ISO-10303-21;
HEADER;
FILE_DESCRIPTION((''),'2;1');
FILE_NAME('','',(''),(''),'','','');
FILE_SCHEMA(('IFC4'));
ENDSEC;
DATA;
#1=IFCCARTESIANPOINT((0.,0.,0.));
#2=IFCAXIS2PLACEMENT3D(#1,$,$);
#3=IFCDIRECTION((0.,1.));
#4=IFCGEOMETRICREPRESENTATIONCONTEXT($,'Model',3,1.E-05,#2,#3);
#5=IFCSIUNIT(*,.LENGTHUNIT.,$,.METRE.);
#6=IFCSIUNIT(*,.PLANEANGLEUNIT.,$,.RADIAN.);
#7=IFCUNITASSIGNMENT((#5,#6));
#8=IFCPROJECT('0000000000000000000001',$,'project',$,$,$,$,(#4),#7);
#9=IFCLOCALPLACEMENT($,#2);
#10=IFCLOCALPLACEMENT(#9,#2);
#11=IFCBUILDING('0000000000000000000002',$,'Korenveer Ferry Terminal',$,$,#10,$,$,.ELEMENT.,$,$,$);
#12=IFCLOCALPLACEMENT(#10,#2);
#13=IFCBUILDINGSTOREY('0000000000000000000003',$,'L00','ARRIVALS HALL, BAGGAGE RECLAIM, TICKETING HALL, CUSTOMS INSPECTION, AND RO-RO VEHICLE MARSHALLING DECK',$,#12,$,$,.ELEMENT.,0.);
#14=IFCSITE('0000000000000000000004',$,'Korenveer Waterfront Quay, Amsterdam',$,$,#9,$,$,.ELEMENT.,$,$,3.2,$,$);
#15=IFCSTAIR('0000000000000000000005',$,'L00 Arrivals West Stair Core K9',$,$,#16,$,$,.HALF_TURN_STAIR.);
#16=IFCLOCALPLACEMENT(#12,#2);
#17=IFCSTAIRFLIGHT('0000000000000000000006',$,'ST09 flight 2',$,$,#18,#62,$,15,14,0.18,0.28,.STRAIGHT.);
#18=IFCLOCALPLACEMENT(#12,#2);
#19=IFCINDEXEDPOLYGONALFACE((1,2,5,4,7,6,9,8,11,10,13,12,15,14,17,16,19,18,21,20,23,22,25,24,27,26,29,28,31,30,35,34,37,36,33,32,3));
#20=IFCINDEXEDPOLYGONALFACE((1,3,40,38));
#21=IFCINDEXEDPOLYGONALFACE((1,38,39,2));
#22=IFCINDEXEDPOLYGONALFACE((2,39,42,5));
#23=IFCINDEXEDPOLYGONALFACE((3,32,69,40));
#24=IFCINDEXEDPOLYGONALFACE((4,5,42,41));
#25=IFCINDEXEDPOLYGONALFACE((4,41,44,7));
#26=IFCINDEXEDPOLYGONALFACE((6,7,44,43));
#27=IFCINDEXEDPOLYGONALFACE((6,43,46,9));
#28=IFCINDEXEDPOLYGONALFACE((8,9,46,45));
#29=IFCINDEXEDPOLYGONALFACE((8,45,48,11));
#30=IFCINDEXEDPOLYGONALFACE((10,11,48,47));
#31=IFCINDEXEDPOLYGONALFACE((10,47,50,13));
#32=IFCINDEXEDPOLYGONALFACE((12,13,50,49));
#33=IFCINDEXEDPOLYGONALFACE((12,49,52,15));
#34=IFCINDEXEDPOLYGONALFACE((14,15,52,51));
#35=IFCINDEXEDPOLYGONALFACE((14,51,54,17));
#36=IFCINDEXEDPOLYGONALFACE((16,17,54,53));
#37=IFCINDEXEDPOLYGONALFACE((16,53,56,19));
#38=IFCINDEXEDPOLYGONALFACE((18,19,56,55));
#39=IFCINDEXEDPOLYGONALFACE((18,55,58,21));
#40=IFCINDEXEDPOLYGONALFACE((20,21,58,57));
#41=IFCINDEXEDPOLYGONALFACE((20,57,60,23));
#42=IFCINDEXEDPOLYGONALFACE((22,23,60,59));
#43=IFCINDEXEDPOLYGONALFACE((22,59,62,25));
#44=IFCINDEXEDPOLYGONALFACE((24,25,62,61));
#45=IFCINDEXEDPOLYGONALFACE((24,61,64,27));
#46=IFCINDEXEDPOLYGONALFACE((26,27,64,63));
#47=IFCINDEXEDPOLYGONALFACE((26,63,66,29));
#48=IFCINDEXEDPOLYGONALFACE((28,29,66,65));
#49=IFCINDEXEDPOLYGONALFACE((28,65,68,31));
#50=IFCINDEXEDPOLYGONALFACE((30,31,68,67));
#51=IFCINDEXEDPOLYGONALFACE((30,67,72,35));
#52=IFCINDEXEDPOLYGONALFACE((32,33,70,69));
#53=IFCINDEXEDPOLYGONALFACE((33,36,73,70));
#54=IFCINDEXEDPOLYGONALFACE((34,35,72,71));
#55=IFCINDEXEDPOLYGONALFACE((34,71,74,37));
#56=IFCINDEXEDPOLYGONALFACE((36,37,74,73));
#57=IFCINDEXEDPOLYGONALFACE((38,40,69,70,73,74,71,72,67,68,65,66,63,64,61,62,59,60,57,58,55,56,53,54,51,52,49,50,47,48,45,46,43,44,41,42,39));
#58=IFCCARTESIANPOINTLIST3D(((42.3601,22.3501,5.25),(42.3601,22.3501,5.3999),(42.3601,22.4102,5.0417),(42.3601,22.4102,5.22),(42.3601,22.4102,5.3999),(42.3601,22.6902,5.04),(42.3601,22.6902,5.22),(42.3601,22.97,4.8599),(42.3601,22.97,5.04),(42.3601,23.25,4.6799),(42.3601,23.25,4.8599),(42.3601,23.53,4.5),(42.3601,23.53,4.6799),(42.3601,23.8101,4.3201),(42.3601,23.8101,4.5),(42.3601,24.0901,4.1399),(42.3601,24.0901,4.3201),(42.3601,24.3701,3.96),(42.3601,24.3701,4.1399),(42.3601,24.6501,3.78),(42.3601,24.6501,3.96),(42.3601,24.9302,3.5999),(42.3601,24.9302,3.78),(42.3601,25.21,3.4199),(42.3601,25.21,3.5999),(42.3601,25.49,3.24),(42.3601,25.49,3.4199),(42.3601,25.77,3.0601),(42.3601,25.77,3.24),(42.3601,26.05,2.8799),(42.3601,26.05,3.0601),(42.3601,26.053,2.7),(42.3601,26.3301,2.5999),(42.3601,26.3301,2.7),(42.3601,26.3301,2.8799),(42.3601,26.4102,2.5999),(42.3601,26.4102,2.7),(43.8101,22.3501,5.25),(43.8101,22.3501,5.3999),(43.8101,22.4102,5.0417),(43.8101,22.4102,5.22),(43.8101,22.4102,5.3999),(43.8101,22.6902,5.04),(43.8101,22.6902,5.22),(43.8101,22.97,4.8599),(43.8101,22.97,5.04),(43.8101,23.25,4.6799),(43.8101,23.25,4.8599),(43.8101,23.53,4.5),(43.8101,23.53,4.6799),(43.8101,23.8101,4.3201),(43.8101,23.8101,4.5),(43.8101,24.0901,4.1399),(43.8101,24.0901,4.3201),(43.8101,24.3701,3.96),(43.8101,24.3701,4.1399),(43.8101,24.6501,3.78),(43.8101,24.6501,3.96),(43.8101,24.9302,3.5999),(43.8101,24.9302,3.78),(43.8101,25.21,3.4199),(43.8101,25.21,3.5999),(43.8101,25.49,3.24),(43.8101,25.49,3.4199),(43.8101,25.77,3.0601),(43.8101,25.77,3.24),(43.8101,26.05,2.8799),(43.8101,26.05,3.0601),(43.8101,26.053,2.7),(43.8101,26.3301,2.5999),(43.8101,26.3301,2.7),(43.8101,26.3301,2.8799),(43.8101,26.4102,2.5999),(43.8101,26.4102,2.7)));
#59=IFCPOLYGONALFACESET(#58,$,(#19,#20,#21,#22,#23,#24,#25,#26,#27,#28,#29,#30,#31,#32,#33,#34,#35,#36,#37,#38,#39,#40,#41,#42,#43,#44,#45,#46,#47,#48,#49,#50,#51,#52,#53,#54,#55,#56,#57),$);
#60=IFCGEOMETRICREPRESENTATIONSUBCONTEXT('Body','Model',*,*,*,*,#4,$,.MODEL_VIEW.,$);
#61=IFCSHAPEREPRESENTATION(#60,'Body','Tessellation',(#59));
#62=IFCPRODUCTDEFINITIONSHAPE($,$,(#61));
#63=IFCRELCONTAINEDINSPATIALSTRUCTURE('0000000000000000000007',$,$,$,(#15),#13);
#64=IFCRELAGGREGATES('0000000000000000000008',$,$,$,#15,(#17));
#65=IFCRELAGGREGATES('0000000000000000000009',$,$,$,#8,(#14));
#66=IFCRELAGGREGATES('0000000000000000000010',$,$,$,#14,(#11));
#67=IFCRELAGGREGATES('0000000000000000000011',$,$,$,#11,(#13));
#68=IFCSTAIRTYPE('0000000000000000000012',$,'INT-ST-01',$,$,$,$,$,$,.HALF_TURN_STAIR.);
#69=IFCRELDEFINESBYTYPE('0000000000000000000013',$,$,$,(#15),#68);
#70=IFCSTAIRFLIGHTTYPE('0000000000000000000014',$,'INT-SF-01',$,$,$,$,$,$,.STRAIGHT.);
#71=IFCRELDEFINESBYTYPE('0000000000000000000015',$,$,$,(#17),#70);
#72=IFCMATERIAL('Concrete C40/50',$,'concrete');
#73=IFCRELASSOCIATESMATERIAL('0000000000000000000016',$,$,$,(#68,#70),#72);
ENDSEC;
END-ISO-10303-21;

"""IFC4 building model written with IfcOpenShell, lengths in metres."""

from ifc_helpers import new_model, si_unit, direction, frame, origin, place, context, subcontext, project, spatial, polyline, outline, extrude, material, type_object, element, aggregate, save


model = new_model("IFC4")

# Units and contexts
model_context = context("Model", 3, precision=1e-05, world=origin(), true_north=direction((0.0, 1.0)))
body_context = subcontext(model_context, "Body", "Model", "MODEL_VIEW")
ifc_project = project(units=[si_unit("LENGTHUNIT", "METRE"), si_unit("PLANEANGLEUNIT", "RADIAN")], contexts=[model_context])

# Site, building, storey
site_placement = place(None, origin())
site = spatial("IfcSite", under=ifc_project, at=site_placement, Name="Korenveer Waterfront Quay, Amsterdam", CompositionType="ELEMENT", RefElevation=3.2)
building_placement = place(site_placement, origin())
building = spatial("IfcBuilding", under=site, at=building_placement, Name="Korenveer Ferry Terminal", CompositionType="ELEMENT")
storey_placement = place(building_placement, origin())
storey = spatial("IfcBuildingStorey", under=building, at=storey_placement, Name="L00", Description="ARRIVALS HALL, BAGGAGE RECLAIM, TICKETING HALL, CUSTOMS INSPECTION, AND RO-RO VEHICLE MARSHALLING DECK", CompositionType="ELEMENT", Elevation=0.0)

# Shared definitions
ifc_material_1 = material(Name="Concrete C40/50", Category="concrete")

# Stair, stair flight
stair_type = type_object("IfcStairType", Name="INT-ST-01", PredefinedType="HALF_TURN_STAIR", material=ifc_material_1)
stair_placement = place(storey_placement, frame((44.7351, 22.4099, 0.0)))
stair = element("IfcStair", 1, at=stair_placement, inside=storey, type_object=stair_type, Name="L00 Arrivals West Stair Core K9", PredefinedType="HALF_TURN_STAIR")
stair_flight_type = type_object("IfcStairFlightType", Name="INT-SF-01", PredefinedType="STRAIGHT", material=ifc_material_1)
stair_flight_placement = place(storey_placement, frame((43.085, 26.3301, 2.7), z_axis=(0.0, 0.0, 1.0), x_axis=(0.0, -1.0, 0.0)))
stair_flight = element("IfcStairFlight", 2, at=stair_flight_placement, type_object=stair_flight_type, Name="ST09 flight 2", NumberOfRisers=15, NumberOfTreads=14, PredefinedType="STRAIGHT", RiserHeight=0.18, TreadLength=0.28, context=body_context, shape_type="SweptSolid", body=[
    extrude(outline(polyline([(-0.0801, 0.0), (0.0, 0.0), (0.0, 0.1799), (0.28, 0.1799), (0.28, 0.3601), (0.5601, 0.3601), (0.5601, 0.54), (0.8401, 0.54), (0.8401, 0.72), (1.1201, 0.72), (1.1201, 0.8999), (1.3999, 0.8999), (1.3999, 1.0801), (1.6799, 1.0801), (1.6799, 1.26), (1.96, 1.26), (1.96, 1.4399), (2.24, 1.4399), (2.24, 1.6201), (2.52, 1.6201), (2.52, 1.8), (2.8, 1.8), (2.8, 1.98), (3.0801, 1.98), (3.0801, 2.1599), (3.3601, 2.1599), (3.3601, 2.3401), (3.6399, 2.3401), (3.6399, 2.52), (3.9199, 2.52), (3.9199, 2.7), (3.98, 2.7), (3.98, 2.55), (3.9199, 2.3418), (0.2771, 0.0), (0.0, -0.1001), (-0.0801, -0.1001), (-0.0801, 0.0)])), frame((0.0, 0.7251, 0.0), z_axis=(0.0, -1.0, 0.0), x_axis=(1.0, 0.0, 0.0)), (0.0, 0.0, 1.0), 1.45),
])
aggregate(stair, [stair_flight])

save(model, "model.ifc")
